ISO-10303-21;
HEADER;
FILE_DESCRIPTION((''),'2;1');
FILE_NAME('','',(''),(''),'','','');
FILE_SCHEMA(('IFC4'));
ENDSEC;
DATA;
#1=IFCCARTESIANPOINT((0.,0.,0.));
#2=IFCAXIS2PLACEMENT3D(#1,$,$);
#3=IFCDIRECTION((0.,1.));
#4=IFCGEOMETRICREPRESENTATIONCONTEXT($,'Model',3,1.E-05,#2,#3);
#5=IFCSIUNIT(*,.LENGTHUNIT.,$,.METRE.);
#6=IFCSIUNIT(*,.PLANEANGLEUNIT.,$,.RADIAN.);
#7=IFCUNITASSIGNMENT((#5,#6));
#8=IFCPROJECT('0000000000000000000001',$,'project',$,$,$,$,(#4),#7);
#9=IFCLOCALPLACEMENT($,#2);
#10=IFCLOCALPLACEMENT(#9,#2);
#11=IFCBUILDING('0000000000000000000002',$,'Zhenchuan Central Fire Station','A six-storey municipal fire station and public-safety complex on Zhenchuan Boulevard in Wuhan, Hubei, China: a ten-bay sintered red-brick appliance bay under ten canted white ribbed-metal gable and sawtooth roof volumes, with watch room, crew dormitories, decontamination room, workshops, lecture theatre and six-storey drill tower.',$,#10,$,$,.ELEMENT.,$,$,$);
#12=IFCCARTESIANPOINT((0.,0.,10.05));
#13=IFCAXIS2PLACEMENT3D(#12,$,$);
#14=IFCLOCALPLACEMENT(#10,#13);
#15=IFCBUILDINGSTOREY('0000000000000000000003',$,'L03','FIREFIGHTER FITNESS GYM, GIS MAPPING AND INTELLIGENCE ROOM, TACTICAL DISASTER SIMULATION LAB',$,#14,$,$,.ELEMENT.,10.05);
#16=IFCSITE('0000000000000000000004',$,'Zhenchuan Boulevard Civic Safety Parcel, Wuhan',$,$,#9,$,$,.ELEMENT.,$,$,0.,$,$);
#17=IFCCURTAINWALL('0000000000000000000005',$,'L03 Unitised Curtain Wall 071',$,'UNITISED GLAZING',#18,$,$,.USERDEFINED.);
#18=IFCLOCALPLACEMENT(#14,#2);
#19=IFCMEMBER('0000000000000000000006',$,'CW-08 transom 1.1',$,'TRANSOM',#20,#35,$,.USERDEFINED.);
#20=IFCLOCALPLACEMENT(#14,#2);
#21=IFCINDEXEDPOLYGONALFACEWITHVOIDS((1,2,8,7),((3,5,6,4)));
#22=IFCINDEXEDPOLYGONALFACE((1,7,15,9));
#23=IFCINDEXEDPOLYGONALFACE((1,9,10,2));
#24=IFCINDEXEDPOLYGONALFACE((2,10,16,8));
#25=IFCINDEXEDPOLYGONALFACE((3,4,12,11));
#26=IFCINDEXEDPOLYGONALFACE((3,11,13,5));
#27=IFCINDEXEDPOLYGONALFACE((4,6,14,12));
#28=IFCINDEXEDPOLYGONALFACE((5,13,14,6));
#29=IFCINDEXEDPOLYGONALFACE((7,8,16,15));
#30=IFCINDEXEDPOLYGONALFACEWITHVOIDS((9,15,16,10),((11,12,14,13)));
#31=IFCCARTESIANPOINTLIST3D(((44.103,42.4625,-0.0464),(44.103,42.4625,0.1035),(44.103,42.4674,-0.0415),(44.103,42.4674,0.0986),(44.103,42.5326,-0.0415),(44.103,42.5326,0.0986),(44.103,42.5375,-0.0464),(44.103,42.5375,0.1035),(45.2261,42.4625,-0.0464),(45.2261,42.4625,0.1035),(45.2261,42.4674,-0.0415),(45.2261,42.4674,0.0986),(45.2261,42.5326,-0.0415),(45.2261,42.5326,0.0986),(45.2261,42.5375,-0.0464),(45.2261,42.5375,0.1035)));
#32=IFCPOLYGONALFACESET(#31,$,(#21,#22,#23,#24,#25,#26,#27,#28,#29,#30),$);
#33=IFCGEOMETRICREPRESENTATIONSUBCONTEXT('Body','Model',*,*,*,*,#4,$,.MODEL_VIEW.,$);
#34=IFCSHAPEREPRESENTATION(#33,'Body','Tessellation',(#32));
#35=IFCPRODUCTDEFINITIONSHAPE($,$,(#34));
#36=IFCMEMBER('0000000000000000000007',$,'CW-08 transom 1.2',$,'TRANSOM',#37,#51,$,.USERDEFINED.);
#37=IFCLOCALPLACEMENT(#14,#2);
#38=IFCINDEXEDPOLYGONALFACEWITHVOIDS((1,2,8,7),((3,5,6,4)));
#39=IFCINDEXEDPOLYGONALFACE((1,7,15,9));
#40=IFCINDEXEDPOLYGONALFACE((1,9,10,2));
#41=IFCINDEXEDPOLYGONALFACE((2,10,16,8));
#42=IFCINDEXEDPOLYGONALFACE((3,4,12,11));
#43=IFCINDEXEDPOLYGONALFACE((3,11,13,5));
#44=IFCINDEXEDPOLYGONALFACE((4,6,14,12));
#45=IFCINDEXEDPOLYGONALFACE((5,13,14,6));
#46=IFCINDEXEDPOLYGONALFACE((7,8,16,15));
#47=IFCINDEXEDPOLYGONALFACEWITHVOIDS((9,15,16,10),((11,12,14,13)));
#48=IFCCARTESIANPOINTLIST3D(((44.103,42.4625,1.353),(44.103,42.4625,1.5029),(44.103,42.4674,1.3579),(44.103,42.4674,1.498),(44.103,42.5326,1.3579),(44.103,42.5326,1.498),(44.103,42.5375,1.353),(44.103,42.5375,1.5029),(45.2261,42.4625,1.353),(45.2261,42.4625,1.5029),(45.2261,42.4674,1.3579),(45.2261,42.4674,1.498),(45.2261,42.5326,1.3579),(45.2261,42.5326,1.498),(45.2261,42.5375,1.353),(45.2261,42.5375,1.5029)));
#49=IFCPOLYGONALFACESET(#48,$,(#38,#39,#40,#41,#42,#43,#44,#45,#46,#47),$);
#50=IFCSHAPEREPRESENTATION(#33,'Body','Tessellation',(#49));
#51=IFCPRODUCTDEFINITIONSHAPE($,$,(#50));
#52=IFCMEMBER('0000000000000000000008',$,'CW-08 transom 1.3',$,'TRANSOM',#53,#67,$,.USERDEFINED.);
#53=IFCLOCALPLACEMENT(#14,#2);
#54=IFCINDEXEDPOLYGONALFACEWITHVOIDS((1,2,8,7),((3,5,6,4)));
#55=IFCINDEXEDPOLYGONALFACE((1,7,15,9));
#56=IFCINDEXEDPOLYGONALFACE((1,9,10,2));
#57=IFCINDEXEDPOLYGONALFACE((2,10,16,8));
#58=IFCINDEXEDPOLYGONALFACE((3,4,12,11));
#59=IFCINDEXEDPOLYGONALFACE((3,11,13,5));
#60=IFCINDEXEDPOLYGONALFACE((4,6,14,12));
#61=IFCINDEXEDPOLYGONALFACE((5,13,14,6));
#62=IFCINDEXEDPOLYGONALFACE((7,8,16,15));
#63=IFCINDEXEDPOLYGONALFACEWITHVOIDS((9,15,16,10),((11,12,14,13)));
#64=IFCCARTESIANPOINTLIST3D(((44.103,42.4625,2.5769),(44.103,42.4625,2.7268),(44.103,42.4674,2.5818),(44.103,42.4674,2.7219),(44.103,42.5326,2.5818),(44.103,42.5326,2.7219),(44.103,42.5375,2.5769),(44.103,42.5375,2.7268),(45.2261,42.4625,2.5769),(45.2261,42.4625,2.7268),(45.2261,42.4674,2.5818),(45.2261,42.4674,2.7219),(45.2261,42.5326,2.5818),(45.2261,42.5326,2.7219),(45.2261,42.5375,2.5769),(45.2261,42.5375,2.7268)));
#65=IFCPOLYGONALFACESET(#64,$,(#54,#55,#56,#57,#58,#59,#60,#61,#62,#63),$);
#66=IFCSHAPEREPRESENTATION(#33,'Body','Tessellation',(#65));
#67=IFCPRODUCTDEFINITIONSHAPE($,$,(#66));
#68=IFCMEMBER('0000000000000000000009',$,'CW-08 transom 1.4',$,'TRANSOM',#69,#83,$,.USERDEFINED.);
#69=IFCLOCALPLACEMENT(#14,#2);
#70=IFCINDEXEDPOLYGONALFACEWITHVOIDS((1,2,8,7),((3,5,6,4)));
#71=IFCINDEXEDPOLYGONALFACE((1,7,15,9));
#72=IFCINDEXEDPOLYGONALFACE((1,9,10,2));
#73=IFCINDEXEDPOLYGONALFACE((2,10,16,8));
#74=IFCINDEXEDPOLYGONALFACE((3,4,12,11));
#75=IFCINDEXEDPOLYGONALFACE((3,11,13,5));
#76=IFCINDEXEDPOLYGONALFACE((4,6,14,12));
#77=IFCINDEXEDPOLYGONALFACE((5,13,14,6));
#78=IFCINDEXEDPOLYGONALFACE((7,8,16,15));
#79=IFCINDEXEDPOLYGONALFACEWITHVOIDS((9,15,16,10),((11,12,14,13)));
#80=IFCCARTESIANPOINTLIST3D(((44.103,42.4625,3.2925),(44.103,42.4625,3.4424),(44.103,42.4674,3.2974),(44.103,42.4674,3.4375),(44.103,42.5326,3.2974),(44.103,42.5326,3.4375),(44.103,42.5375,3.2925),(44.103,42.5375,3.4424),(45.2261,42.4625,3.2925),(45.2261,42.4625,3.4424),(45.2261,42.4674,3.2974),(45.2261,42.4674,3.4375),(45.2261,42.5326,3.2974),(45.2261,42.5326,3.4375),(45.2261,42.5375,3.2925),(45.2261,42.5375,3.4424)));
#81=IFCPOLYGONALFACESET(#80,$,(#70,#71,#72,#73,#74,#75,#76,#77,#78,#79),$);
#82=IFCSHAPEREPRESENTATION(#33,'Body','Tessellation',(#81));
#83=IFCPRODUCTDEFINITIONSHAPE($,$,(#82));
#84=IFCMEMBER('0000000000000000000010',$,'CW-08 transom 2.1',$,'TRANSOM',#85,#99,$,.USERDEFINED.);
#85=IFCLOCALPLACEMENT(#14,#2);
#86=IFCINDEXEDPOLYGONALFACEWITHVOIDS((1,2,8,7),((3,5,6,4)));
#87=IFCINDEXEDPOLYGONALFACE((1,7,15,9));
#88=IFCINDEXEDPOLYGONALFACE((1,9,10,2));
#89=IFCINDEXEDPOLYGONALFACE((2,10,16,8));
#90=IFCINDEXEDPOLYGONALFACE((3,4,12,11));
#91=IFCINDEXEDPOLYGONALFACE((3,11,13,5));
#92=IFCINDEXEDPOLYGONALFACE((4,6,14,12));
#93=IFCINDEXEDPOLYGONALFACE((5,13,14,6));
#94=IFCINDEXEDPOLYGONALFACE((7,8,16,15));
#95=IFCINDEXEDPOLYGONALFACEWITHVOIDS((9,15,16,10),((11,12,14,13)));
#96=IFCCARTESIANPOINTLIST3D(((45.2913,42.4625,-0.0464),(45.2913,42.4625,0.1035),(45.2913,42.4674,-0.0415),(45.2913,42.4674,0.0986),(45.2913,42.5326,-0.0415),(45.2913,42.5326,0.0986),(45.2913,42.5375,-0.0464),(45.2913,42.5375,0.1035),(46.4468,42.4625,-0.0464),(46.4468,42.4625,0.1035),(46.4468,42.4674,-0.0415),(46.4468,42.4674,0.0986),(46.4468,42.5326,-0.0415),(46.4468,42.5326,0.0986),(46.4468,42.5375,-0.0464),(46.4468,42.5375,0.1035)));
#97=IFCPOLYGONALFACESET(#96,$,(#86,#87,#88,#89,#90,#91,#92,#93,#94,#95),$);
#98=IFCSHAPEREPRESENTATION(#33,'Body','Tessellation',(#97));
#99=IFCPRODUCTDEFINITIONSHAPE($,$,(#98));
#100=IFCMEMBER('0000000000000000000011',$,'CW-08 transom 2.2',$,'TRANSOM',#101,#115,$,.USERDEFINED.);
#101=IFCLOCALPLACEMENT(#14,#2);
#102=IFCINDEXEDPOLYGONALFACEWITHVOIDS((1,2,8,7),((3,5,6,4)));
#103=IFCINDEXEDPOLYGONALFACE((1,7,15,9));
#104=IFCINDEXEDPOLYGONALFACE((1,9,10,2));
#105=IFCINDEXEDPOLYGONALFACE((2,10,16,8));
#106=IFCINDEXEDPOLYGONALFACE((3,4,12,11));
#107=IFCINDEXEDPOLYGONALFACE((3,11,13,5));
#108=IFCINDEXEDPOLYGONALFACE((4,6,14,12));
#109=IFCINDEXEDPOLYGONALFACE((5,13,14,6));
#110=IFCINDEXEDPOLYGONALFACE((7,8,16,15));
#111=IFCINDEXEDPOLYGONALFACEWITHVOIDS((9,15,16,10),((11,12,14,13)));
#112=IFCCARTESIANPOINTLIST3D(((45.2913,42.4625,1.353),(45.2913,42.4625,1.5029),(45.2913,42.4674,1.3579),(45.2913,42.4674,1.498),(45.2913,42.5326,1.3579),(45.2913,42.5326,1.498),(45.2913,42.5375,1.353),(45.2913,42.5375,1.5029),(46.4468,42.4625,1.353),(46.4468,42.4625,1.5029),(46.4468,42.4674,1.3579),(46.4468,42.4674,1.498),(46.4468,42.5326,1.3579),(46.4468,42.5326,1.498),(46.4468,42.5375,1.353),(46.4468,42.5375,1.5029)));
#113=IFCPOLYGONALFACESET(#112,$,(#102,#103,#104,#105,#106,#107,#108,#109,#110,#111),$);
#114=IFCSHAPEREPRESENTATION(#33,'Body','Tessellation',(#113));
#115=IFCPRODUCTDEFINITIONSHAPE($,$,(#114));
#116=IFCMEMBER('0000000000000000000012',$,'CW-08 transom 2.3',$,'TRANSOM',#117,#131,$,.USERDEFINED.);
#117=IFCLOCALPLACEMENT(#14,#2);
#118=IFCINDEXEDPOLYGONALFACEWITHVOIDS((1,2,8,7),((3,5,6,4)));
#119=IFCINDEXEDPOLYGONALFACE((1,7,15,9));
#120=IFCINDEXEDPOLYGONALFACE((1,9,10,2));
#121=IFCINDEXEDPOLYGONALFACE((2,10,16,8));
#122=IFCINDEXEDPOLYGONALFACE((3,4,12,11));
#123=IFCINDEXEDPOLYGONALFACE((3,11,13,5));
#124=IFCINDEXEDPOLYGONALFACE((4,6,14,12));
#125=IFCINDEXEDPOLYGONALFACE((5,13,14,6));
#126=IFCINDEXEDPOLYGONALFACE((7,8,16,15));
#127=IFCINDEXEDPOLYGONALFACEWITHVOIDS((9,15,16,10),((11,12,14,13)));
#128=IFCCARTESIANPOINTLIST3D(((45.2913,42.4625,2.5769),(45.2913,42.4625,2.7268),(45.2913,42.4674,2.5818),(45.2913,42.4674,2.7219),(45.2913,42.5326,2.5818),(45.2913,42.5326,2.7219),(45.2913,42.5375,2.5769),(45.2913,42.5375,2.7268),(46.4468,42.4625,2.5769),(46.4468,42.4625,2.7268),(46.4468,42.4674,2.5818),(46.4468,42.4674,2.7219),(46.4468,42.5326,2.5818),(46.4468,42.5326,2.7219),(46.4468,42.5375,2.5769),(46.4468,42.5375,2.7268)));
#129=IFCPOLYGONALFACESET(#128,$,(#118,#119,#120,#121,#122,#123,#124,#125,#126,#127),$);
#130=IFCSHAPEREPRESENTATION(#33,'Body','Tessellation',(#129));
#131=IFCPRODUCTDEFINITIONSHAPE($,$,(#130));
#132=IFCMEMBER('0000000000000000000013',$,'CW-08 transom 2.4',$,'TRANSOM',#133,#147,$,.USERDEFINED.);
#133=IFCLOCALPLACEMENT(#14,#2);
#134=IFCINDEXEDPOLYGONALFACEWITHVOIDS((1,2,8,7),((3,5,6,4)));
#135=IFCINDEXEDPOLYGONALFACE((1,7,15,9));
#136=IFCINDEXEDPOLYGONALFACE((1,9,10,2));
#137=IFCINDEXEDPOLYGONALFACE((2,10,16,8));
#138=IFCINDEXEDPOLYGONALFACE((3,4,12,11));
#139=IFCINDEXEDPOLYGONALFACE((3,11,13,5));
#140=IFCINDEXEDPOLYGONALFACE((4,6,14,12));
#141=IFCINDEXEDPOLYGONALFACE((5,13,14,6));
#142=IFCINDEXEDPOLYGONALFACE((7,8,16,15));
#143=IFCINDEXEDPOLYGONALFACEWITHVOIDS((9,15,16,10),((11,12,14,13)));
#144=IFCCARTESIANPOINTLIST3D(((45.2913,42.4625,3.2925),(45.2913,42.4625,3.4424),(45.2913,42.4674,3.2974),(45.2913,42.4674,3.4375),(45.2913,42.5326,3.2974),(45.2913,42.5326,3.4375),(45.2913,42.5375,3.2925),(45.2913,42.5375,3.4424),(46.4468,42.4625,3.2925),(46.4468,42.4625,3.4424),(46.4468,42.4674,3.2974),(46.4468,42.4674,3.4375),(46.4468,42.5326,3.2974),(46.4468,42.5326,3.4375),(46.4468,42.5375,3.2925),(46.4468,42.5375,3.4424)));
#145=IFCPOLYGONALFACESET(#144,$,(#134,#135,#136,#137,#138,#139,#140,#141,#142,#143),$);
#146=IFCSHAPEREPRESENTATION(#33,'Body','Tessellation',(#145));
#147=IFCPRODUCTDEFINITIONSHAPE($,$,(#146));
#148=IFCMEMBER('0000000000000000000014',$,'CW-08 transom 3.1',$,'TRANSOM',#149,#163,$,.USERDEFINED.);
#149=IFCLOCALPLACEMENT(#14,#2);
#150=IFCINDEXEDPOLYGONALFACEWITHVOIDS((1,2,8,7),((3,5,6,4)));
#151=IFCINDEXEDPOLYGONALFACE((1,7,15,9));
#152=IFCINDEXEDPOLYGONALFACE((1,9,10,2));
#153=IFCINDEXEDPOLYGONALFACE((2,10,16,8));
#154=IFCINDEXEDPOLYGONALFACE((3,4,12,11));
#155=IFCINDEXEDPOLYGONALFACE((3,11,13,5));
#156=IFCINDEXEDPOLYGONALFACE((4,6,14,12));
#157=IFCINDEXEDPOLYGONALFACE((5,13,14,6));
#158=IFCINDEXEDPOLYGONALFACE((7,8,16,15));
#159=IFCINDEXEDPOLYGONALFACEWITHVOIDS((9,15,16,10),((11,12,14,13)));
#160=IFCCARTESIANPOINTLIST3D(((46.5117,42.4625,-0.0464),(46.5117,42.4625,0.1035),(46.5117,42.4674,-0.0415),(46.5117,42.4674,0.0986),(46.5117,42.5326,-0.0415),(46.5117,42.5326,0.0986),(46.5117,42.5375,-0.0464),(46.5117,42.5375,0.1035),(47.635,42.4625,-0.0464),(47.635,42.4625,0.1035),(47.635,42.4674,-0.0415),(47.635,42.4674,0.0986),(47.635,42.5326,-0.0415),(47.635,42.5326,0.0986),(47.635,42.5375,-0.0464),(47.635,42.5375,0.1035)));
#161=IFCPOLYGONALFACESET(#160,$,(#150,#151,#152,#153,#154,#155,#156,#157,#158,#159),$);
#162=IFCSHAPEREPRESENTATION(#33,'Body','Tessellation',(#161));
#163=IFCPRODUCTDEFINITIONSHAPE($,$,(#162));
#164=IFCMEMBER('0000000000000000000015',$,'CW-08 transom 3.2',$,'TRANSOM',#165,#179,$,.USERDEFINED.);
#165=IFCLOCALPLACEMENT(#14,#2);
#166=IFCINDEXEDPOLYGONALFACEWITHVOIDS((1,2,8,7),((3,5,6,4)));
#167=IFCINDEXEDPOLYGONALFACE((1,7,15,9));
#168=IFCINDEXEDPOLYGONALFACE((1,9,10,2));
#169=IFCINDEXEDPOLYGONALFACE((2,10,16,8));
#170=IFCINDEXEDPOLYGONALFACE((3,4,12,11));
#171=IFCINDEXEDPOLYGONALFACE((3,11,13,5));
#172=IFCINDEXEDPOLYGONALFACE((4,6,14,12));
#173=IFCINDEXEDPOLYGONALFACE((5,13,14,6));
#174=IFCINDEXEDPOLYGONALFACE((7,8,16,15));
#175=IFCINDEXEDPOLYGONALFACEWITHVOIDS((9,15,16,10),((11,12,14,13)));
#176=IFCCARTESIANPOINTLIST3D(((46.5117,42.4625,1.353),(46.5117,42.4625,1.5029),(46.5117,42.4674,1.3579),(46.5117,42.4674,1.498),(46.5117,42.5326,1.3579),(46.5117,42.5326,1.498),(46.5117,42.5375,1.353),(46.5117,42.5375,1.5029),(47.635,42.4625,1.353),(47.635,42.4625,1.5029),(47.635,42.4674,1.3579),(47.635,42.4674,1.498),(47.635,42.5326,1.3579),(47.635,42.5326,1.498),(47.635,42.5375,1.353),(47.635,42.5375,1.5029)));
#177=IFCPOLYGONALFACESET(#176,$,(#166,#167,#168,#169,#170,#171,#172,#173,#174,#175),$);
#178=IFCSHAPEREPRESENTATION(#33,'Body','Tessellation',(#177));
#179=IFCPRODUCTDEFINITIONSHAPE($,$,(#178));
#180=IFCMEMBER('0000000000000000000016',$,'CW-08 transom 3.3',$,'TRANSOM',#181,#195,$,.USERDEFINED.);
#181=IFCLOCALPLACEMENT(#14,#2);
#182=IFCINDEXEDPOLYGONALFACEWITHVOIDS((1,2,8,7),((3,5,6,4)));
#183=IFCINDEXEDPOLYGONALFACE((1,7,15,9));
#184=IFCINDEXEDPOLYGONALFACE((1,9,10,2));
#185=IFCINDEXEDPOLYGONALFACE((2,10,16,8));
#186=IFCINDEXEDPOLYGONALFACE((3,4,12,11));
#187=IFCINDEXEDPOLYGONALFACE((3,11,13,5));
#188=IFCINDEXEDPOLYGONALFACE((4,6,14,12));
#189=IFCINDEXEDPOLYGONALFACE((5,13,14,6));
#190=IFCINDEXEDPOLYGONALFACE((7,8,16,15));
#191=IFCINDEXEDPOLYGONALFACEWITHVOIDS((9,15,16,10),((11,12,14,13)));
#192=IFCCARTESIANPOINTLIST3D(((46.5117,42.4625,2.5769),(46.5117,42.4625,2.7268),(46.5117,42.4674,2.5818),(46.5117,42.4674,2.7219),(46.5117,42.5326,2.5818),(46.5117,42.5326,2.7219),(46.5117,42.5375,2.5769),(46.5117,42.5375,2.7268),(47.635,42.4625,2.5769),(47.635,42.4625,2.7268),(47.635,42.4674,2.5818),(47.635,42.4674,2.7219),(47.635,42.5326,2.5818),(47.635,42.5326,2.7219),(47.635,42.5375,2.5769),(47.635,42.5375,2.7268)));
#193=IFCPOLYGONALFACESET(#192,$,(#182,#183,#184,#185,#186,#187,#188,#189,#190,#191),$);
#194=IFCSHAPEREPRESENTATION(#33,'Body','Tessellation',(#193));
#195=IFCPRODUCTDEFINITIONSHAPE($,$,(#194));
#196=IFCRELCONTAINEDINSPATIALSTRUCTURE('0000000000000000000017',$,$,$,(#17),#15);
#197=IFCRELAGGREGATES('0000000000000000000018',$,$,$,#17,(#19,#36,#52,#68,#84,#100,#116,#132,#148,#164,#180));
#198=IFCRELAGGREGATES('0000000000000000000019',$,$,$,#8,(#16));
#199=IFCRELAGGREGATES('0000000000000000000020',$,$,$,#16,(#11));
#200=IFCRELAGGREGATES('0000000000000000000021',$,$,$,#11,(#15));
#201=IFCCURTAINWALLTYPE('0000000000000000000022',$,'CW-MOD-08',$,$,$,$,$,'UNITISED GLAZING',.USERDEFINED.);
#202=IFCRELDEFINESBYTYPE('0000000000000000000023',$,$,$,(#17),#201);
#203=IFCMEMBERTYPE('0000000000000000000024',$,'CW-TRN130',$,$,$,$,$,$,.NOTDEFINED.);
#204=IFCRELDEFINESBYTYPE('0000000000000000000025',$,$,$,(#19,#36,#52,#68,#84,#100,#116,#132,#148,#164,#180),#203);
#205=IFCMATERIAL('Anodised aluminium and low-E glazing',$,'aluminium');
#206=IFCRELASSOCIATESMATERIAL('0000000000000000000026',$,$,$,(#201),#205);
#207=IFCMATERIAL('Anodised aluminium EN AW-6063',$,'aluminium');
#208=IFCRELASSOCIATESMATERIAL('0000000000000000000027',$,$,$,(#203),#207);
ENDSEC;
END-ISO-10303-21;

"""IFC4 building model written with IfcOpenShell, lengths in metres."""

from ifc_helpers import new_model, si_unit, direction, frame, origin, origin_2d, place, context, subcontext, project, spatial, hollow_rectangle, extrude, material, material_profile, profile_set, type_object, element, aggregate, save


model = new_model("IFC4")

# Units and contexts
model_context = context("Model", 3, precision=1e-05, world=origin(), true_north=direction((0.0, 1.0)))
body_context = subcontext(model_context, "Body", "Model", "MODEL_VIEW")
ifc_project = project(units=[si_unit("LENGTHUNIT", "METRE"), si_unit("PLANEANGLEUNIT", "RADIAN")], contexts=[model_context])

# Site, building, storey
site_placement = place(None, origin())
site = spatial("IfcSite", under=ifc_project, at=site_placement, Name="Zhenchuan Boulevard Civic Safety Parcel, Wuhan", CompositionType="ELEMENT", RefElevation=0.0)
building_placement = place(site_placement, origin())
building = spatial("IfcBuilding", under=site, at=building_placement, Name="Zhenchuan Central Fire Station", Description="A six-storey municipal fire station and public-safety complex on Zhenchuan Boulevard in Wuhan, Hubei, China: a ten-bay sintered red-brick appliance bay under ten canted white ribbed-metal gable and sawtooth roof volumes, with watch room, crew dormitories, decontamination room, workshops, lecture theatre and six-storey drill tower.", CompositionType="ELEMENT")
storey_placement = place(building_placement, frame((0.0, 0.0, 10.05)))
storey = spatial("IfcBuildingStorey", under=building, at=storey_placement, Name="L03", Description="FIREFIGHTER FITNESS GYM, GIS MAPPING AND INTELLIGENCE ROOM, TACTICAL DISASTER SIMULATION LAB", CompositionType="ELEMENT", Elevation=10.05)

# Shared definitions
ifc_material_1 = material(Name="Anodised aluminium and low-E glazing", Category="aluminium")
ifc_material_2 = material(Name="Anodised aluminium EN AW-6063", Category="aluminium")

# Curtain wall, members
curtain_wall_type_1 = type_object("IfcCurtainWallType", Name="CW-MOD-08", ElementType="UNITISED GLAZING", PredefinedType="USERDEFINED", material=ifc_material_1)
curtain_wall_1_placement = place(storey_placement, origin())
curtain_wall_1 = element("IfcCurtainWall", 1, at=curtain_wall_1_placement, inside=storey, type_object=curtain_wall_type_1, Name="L03 Unitised Curtain Wall 071", ObjectType="UNITISED GLAZING", PredefinedType="USERDEFINED")
ifc_material_profile_1 = material_profile(ifc_material_2, hollow_rectangle(XDim=0.075, YDim=0.1499, WallThickness=0.0049, at=origin_2d()), Name="ALU-T 150x75")
ifc_profile_set_1 = profile_set([ifc_material_profile_1], Name="Anodised aluminium EN AW-6063")
member_type_1 = type_object("IfcMemberType", Name="CW-TRN130", PredefinedType="NOTDEFINED", material=ifc_profile_set_1)
member_1_placement = place(storey_placement, frame((44.103, 42.5, 0.0286), z_axis=(1.0, 0.0, 0.0), x_axis=(0.0, 1.0, 0.0)))
member_1 = element("IfcMember", 2, at=member_1_placement, type_object=member_type_1, Name="CW-08 transom 1.1", ObjectType="TRANSOM", PredefinedType="USERDEFINED", context=body_context, shape_type="SweptSolid", body=[
    extrude(hollow_rectangle(XDim=0.075, YDim=0.1499, WallThickness=0.0049, at=origin_2d()), origin(), (0.0, 0.0, 1.0), 1.123),
])
member_2_placement = place(storey_placement, frame((44.103, 42.5, 1.428), z_axis=(1.0, 0.0, 0.0), x_axis=(0.0, 1.0, 0.0)))
member_2 = element("IfcMember", 3, at=member_2_placement, type_object=member_type_1, Name="CW-08 transom 1.2", ObjectType="TRANSOM", PredefinedType="USERDEFINED", context=body_context, shape_type="SweptSolid", body=[
    extrude(hollow_rectangle(XDim=0.075, YDim=0.1499, WallThickness=0.0049, at=origin_2d()), origin(), (0.0, 0.0, 1.0), 1.123),
])
member_3_placement = place(storey_placement, frame((44.103, 42.5, 2.6519), z_axis=(1.0, 0.0, 0.0), x_axis=(0.0, 1.0, 0.0)))
member_3 = element("IfcMember", 4, at=member_3_placement, type_object=member_type_1, Name="CW-08 transom 1.3", ObjectType="TRANSOM", PredefinedType="USERDEFINED", context=body_context, shape_type="SweptSolid", body=[
    extrude(hollow_rectangle(XDim=0.075, YDim=0.1499, WallThickness=0.0049, at=origin_2d()), origin(), (0.0, 0.0, 1.0), 1.123),
])
member_4_placement = place(storey_placement, frame((44.103, 42.5, 3.3674), z_axis=(1.0, 0.0, 0.0), x_axis=(0.0, 1.0, 0.0)))
member_4 = element("IfcMember", 5, at=member_4_placement, type_object=member_type_1, Name="CW-08 transom 1.4", ObjectType="TRANSOM", PredefinedType="USERDEFINED", context=body_context, shape_type="SweptSolid", body=[
    extrude(hollow_rectangle(XDim=0.075, YDim=0.1499, WallThickness=0.0049, at=origin_2d()), origin(), (0.0, 0.0, 1.0), 1.123),
])
member_5_placement = place(storey_placement, frame((45.2913, 42.5, 0.0286), z_axis=(1.0, 0.0, 0.0), x_axis=(0.0, 1.0, 0.0)))
member_5 = element("IfcMember", 6, at=member_5_placement, type_object=member_type_1, Name="CW-08 transom 2.1", ObjectType="TRANSOM", PredefinedType="USERDEFINED", context=body_context, shape_type="SweptSolid", body=[
    extrude(hollow_rectangle(XDim=0.075, YDim=0.1499, WallThickness=0.0049, at=origin_2d()), origin(), (0.0, 0.0, 1.0), 1.1555),
])
member_6_placement = place(storey_placement, frame((45.2913, 42.5, 1.428), z_axis=(1.0, 0.0, 0.0), x_axis=(0.0, 1.0, 0.0)))
member_6 = element("IfcMember", 7, at=member_6_placement, type_object=member_type_1, Name="CW-08 transom 2.2", ObjectType="TRANSOM", PredefinedType="USERDEFINED", context=body_context, shape_type="SweptSolid", body=[
    extrude(hollow_rectangle(XDim=0.075, YDim=0.1499, WallThickness=0.0049, at=origin_2d()), origin(), (0.0, 0.0, 1.0), 1.1555),
])
member_7_placement = place(storey_placement, frame((45.2913, 42.5, 2.6519), z_axis=(1.0, 0.0, 0.0), x_axis=(0.0, 1.0, 0.0)))
member_7 = element("IfcMember", 8, at=member_7_placement, type_object=member_type_1, Name="CW-08 transom 2.3", ObjectType="TRANSOM", PredefinedType="USERDEFINED", context=body_context, shape_type="SweptSolid", body=[
    extrude(hollow_rectangle(XDim=0.075, YDim=0.1499, WallThickness=0.0049, at=origin_2d()), origin(), (0.0, 0.0, 1.0), 1.1555),
])
member_8_placement = place(storey_placement, frame((45.2913, 42.5, 3.3674), z_axis=(1.0, 0.0, 0.0), x_axis=(0.0, 1.0, 0.0)))
member_8 = element("IfcMember", 9, at=member_8_placement, type_object=member_type_1, Name="CW-08 transom 2.4", ObjectType="TRANSOM", PredefinedType="USERDEFINED", context=body_context, shape_type="SweptSolid", body=[
    extrude(hollow_rectangle(XDim=0.075, YDim=0.1499, WallThickness=0.0049, at=origin_2d()), origin(), (0.0, 0.0, 1.0), 1.1555),
])
member_9_placement = place(storey_placement, frame((46.5117, 42.5, 0.0286), z_axis=(1.0, 0.0, 0.0), x_axis=(0.0, 1.0, 0.0)))
member_9 = element("IfcMember", 10, at=member_9_placement, type_object=member_type_1, Name="CW-08 transom 3.1", ObjectType="TRANSOM", PredefinedType="USERDEFINED", context=body_context, shape_type="SweptSolid", body=[
    extrude(hollow_rectangle(XDim=0.075, YDim=0.1499, WallThickness=0.0049, at=origin_2d()), origin(), (0.0, 0.0, 1.0), 1.1233),
])
member_10_placement = place(storey_placement, frame((46.5117, 42.5, 1.428), z_axis=(1.0, 0.0, 0.0), x_axis=(0.0, 1.0, 0.0)))
member_10 = element("IfcMember", 11, at=member_10_placement, type_object=member_type_1, Name="CW-08 transom 3.2", ObjectType="TRANSOM", PredefinedType="USERDEFINED", context=body_context, shape_type="SweptSolid", body=[
    extrude(hollow_rectangle(XDim=0.075, YDim=0.1499, WallThickness=0.0049, at=origin_2d()), origin(), (0.0, 0.0, 1.0), 1.1233),
])
member_11_placement = place(storey_placement, frame((46.5117, 42.5, 2.6519), z_axis=(1.0, 0.0, 0.0), x_axis=(0.0, 1.0, 0.0)))
member_11 = element("IfcMember", 12, at=member_11_placement, type_object=member_type_1, Name="CW-08 transom 3.3", ObjectType="TRANSOM", PredefinedType="USERDEFINED", context=body_context, shape_type="SweptSolid", body=[
    extrude(hollow_rectangle(XDim=0.075, YDim=0.1499, WallThickness=0.0049, at=origin_2d()), origin(), (0.0, 0.0, 1.0), 1.1233),
])

aggregate(curtain_wall_1, [member_1, member_2, member_3, member_4, member_5, member_6, member_7, member_8, member_9, member_10, member_11])

save(model, "model.ifc")
